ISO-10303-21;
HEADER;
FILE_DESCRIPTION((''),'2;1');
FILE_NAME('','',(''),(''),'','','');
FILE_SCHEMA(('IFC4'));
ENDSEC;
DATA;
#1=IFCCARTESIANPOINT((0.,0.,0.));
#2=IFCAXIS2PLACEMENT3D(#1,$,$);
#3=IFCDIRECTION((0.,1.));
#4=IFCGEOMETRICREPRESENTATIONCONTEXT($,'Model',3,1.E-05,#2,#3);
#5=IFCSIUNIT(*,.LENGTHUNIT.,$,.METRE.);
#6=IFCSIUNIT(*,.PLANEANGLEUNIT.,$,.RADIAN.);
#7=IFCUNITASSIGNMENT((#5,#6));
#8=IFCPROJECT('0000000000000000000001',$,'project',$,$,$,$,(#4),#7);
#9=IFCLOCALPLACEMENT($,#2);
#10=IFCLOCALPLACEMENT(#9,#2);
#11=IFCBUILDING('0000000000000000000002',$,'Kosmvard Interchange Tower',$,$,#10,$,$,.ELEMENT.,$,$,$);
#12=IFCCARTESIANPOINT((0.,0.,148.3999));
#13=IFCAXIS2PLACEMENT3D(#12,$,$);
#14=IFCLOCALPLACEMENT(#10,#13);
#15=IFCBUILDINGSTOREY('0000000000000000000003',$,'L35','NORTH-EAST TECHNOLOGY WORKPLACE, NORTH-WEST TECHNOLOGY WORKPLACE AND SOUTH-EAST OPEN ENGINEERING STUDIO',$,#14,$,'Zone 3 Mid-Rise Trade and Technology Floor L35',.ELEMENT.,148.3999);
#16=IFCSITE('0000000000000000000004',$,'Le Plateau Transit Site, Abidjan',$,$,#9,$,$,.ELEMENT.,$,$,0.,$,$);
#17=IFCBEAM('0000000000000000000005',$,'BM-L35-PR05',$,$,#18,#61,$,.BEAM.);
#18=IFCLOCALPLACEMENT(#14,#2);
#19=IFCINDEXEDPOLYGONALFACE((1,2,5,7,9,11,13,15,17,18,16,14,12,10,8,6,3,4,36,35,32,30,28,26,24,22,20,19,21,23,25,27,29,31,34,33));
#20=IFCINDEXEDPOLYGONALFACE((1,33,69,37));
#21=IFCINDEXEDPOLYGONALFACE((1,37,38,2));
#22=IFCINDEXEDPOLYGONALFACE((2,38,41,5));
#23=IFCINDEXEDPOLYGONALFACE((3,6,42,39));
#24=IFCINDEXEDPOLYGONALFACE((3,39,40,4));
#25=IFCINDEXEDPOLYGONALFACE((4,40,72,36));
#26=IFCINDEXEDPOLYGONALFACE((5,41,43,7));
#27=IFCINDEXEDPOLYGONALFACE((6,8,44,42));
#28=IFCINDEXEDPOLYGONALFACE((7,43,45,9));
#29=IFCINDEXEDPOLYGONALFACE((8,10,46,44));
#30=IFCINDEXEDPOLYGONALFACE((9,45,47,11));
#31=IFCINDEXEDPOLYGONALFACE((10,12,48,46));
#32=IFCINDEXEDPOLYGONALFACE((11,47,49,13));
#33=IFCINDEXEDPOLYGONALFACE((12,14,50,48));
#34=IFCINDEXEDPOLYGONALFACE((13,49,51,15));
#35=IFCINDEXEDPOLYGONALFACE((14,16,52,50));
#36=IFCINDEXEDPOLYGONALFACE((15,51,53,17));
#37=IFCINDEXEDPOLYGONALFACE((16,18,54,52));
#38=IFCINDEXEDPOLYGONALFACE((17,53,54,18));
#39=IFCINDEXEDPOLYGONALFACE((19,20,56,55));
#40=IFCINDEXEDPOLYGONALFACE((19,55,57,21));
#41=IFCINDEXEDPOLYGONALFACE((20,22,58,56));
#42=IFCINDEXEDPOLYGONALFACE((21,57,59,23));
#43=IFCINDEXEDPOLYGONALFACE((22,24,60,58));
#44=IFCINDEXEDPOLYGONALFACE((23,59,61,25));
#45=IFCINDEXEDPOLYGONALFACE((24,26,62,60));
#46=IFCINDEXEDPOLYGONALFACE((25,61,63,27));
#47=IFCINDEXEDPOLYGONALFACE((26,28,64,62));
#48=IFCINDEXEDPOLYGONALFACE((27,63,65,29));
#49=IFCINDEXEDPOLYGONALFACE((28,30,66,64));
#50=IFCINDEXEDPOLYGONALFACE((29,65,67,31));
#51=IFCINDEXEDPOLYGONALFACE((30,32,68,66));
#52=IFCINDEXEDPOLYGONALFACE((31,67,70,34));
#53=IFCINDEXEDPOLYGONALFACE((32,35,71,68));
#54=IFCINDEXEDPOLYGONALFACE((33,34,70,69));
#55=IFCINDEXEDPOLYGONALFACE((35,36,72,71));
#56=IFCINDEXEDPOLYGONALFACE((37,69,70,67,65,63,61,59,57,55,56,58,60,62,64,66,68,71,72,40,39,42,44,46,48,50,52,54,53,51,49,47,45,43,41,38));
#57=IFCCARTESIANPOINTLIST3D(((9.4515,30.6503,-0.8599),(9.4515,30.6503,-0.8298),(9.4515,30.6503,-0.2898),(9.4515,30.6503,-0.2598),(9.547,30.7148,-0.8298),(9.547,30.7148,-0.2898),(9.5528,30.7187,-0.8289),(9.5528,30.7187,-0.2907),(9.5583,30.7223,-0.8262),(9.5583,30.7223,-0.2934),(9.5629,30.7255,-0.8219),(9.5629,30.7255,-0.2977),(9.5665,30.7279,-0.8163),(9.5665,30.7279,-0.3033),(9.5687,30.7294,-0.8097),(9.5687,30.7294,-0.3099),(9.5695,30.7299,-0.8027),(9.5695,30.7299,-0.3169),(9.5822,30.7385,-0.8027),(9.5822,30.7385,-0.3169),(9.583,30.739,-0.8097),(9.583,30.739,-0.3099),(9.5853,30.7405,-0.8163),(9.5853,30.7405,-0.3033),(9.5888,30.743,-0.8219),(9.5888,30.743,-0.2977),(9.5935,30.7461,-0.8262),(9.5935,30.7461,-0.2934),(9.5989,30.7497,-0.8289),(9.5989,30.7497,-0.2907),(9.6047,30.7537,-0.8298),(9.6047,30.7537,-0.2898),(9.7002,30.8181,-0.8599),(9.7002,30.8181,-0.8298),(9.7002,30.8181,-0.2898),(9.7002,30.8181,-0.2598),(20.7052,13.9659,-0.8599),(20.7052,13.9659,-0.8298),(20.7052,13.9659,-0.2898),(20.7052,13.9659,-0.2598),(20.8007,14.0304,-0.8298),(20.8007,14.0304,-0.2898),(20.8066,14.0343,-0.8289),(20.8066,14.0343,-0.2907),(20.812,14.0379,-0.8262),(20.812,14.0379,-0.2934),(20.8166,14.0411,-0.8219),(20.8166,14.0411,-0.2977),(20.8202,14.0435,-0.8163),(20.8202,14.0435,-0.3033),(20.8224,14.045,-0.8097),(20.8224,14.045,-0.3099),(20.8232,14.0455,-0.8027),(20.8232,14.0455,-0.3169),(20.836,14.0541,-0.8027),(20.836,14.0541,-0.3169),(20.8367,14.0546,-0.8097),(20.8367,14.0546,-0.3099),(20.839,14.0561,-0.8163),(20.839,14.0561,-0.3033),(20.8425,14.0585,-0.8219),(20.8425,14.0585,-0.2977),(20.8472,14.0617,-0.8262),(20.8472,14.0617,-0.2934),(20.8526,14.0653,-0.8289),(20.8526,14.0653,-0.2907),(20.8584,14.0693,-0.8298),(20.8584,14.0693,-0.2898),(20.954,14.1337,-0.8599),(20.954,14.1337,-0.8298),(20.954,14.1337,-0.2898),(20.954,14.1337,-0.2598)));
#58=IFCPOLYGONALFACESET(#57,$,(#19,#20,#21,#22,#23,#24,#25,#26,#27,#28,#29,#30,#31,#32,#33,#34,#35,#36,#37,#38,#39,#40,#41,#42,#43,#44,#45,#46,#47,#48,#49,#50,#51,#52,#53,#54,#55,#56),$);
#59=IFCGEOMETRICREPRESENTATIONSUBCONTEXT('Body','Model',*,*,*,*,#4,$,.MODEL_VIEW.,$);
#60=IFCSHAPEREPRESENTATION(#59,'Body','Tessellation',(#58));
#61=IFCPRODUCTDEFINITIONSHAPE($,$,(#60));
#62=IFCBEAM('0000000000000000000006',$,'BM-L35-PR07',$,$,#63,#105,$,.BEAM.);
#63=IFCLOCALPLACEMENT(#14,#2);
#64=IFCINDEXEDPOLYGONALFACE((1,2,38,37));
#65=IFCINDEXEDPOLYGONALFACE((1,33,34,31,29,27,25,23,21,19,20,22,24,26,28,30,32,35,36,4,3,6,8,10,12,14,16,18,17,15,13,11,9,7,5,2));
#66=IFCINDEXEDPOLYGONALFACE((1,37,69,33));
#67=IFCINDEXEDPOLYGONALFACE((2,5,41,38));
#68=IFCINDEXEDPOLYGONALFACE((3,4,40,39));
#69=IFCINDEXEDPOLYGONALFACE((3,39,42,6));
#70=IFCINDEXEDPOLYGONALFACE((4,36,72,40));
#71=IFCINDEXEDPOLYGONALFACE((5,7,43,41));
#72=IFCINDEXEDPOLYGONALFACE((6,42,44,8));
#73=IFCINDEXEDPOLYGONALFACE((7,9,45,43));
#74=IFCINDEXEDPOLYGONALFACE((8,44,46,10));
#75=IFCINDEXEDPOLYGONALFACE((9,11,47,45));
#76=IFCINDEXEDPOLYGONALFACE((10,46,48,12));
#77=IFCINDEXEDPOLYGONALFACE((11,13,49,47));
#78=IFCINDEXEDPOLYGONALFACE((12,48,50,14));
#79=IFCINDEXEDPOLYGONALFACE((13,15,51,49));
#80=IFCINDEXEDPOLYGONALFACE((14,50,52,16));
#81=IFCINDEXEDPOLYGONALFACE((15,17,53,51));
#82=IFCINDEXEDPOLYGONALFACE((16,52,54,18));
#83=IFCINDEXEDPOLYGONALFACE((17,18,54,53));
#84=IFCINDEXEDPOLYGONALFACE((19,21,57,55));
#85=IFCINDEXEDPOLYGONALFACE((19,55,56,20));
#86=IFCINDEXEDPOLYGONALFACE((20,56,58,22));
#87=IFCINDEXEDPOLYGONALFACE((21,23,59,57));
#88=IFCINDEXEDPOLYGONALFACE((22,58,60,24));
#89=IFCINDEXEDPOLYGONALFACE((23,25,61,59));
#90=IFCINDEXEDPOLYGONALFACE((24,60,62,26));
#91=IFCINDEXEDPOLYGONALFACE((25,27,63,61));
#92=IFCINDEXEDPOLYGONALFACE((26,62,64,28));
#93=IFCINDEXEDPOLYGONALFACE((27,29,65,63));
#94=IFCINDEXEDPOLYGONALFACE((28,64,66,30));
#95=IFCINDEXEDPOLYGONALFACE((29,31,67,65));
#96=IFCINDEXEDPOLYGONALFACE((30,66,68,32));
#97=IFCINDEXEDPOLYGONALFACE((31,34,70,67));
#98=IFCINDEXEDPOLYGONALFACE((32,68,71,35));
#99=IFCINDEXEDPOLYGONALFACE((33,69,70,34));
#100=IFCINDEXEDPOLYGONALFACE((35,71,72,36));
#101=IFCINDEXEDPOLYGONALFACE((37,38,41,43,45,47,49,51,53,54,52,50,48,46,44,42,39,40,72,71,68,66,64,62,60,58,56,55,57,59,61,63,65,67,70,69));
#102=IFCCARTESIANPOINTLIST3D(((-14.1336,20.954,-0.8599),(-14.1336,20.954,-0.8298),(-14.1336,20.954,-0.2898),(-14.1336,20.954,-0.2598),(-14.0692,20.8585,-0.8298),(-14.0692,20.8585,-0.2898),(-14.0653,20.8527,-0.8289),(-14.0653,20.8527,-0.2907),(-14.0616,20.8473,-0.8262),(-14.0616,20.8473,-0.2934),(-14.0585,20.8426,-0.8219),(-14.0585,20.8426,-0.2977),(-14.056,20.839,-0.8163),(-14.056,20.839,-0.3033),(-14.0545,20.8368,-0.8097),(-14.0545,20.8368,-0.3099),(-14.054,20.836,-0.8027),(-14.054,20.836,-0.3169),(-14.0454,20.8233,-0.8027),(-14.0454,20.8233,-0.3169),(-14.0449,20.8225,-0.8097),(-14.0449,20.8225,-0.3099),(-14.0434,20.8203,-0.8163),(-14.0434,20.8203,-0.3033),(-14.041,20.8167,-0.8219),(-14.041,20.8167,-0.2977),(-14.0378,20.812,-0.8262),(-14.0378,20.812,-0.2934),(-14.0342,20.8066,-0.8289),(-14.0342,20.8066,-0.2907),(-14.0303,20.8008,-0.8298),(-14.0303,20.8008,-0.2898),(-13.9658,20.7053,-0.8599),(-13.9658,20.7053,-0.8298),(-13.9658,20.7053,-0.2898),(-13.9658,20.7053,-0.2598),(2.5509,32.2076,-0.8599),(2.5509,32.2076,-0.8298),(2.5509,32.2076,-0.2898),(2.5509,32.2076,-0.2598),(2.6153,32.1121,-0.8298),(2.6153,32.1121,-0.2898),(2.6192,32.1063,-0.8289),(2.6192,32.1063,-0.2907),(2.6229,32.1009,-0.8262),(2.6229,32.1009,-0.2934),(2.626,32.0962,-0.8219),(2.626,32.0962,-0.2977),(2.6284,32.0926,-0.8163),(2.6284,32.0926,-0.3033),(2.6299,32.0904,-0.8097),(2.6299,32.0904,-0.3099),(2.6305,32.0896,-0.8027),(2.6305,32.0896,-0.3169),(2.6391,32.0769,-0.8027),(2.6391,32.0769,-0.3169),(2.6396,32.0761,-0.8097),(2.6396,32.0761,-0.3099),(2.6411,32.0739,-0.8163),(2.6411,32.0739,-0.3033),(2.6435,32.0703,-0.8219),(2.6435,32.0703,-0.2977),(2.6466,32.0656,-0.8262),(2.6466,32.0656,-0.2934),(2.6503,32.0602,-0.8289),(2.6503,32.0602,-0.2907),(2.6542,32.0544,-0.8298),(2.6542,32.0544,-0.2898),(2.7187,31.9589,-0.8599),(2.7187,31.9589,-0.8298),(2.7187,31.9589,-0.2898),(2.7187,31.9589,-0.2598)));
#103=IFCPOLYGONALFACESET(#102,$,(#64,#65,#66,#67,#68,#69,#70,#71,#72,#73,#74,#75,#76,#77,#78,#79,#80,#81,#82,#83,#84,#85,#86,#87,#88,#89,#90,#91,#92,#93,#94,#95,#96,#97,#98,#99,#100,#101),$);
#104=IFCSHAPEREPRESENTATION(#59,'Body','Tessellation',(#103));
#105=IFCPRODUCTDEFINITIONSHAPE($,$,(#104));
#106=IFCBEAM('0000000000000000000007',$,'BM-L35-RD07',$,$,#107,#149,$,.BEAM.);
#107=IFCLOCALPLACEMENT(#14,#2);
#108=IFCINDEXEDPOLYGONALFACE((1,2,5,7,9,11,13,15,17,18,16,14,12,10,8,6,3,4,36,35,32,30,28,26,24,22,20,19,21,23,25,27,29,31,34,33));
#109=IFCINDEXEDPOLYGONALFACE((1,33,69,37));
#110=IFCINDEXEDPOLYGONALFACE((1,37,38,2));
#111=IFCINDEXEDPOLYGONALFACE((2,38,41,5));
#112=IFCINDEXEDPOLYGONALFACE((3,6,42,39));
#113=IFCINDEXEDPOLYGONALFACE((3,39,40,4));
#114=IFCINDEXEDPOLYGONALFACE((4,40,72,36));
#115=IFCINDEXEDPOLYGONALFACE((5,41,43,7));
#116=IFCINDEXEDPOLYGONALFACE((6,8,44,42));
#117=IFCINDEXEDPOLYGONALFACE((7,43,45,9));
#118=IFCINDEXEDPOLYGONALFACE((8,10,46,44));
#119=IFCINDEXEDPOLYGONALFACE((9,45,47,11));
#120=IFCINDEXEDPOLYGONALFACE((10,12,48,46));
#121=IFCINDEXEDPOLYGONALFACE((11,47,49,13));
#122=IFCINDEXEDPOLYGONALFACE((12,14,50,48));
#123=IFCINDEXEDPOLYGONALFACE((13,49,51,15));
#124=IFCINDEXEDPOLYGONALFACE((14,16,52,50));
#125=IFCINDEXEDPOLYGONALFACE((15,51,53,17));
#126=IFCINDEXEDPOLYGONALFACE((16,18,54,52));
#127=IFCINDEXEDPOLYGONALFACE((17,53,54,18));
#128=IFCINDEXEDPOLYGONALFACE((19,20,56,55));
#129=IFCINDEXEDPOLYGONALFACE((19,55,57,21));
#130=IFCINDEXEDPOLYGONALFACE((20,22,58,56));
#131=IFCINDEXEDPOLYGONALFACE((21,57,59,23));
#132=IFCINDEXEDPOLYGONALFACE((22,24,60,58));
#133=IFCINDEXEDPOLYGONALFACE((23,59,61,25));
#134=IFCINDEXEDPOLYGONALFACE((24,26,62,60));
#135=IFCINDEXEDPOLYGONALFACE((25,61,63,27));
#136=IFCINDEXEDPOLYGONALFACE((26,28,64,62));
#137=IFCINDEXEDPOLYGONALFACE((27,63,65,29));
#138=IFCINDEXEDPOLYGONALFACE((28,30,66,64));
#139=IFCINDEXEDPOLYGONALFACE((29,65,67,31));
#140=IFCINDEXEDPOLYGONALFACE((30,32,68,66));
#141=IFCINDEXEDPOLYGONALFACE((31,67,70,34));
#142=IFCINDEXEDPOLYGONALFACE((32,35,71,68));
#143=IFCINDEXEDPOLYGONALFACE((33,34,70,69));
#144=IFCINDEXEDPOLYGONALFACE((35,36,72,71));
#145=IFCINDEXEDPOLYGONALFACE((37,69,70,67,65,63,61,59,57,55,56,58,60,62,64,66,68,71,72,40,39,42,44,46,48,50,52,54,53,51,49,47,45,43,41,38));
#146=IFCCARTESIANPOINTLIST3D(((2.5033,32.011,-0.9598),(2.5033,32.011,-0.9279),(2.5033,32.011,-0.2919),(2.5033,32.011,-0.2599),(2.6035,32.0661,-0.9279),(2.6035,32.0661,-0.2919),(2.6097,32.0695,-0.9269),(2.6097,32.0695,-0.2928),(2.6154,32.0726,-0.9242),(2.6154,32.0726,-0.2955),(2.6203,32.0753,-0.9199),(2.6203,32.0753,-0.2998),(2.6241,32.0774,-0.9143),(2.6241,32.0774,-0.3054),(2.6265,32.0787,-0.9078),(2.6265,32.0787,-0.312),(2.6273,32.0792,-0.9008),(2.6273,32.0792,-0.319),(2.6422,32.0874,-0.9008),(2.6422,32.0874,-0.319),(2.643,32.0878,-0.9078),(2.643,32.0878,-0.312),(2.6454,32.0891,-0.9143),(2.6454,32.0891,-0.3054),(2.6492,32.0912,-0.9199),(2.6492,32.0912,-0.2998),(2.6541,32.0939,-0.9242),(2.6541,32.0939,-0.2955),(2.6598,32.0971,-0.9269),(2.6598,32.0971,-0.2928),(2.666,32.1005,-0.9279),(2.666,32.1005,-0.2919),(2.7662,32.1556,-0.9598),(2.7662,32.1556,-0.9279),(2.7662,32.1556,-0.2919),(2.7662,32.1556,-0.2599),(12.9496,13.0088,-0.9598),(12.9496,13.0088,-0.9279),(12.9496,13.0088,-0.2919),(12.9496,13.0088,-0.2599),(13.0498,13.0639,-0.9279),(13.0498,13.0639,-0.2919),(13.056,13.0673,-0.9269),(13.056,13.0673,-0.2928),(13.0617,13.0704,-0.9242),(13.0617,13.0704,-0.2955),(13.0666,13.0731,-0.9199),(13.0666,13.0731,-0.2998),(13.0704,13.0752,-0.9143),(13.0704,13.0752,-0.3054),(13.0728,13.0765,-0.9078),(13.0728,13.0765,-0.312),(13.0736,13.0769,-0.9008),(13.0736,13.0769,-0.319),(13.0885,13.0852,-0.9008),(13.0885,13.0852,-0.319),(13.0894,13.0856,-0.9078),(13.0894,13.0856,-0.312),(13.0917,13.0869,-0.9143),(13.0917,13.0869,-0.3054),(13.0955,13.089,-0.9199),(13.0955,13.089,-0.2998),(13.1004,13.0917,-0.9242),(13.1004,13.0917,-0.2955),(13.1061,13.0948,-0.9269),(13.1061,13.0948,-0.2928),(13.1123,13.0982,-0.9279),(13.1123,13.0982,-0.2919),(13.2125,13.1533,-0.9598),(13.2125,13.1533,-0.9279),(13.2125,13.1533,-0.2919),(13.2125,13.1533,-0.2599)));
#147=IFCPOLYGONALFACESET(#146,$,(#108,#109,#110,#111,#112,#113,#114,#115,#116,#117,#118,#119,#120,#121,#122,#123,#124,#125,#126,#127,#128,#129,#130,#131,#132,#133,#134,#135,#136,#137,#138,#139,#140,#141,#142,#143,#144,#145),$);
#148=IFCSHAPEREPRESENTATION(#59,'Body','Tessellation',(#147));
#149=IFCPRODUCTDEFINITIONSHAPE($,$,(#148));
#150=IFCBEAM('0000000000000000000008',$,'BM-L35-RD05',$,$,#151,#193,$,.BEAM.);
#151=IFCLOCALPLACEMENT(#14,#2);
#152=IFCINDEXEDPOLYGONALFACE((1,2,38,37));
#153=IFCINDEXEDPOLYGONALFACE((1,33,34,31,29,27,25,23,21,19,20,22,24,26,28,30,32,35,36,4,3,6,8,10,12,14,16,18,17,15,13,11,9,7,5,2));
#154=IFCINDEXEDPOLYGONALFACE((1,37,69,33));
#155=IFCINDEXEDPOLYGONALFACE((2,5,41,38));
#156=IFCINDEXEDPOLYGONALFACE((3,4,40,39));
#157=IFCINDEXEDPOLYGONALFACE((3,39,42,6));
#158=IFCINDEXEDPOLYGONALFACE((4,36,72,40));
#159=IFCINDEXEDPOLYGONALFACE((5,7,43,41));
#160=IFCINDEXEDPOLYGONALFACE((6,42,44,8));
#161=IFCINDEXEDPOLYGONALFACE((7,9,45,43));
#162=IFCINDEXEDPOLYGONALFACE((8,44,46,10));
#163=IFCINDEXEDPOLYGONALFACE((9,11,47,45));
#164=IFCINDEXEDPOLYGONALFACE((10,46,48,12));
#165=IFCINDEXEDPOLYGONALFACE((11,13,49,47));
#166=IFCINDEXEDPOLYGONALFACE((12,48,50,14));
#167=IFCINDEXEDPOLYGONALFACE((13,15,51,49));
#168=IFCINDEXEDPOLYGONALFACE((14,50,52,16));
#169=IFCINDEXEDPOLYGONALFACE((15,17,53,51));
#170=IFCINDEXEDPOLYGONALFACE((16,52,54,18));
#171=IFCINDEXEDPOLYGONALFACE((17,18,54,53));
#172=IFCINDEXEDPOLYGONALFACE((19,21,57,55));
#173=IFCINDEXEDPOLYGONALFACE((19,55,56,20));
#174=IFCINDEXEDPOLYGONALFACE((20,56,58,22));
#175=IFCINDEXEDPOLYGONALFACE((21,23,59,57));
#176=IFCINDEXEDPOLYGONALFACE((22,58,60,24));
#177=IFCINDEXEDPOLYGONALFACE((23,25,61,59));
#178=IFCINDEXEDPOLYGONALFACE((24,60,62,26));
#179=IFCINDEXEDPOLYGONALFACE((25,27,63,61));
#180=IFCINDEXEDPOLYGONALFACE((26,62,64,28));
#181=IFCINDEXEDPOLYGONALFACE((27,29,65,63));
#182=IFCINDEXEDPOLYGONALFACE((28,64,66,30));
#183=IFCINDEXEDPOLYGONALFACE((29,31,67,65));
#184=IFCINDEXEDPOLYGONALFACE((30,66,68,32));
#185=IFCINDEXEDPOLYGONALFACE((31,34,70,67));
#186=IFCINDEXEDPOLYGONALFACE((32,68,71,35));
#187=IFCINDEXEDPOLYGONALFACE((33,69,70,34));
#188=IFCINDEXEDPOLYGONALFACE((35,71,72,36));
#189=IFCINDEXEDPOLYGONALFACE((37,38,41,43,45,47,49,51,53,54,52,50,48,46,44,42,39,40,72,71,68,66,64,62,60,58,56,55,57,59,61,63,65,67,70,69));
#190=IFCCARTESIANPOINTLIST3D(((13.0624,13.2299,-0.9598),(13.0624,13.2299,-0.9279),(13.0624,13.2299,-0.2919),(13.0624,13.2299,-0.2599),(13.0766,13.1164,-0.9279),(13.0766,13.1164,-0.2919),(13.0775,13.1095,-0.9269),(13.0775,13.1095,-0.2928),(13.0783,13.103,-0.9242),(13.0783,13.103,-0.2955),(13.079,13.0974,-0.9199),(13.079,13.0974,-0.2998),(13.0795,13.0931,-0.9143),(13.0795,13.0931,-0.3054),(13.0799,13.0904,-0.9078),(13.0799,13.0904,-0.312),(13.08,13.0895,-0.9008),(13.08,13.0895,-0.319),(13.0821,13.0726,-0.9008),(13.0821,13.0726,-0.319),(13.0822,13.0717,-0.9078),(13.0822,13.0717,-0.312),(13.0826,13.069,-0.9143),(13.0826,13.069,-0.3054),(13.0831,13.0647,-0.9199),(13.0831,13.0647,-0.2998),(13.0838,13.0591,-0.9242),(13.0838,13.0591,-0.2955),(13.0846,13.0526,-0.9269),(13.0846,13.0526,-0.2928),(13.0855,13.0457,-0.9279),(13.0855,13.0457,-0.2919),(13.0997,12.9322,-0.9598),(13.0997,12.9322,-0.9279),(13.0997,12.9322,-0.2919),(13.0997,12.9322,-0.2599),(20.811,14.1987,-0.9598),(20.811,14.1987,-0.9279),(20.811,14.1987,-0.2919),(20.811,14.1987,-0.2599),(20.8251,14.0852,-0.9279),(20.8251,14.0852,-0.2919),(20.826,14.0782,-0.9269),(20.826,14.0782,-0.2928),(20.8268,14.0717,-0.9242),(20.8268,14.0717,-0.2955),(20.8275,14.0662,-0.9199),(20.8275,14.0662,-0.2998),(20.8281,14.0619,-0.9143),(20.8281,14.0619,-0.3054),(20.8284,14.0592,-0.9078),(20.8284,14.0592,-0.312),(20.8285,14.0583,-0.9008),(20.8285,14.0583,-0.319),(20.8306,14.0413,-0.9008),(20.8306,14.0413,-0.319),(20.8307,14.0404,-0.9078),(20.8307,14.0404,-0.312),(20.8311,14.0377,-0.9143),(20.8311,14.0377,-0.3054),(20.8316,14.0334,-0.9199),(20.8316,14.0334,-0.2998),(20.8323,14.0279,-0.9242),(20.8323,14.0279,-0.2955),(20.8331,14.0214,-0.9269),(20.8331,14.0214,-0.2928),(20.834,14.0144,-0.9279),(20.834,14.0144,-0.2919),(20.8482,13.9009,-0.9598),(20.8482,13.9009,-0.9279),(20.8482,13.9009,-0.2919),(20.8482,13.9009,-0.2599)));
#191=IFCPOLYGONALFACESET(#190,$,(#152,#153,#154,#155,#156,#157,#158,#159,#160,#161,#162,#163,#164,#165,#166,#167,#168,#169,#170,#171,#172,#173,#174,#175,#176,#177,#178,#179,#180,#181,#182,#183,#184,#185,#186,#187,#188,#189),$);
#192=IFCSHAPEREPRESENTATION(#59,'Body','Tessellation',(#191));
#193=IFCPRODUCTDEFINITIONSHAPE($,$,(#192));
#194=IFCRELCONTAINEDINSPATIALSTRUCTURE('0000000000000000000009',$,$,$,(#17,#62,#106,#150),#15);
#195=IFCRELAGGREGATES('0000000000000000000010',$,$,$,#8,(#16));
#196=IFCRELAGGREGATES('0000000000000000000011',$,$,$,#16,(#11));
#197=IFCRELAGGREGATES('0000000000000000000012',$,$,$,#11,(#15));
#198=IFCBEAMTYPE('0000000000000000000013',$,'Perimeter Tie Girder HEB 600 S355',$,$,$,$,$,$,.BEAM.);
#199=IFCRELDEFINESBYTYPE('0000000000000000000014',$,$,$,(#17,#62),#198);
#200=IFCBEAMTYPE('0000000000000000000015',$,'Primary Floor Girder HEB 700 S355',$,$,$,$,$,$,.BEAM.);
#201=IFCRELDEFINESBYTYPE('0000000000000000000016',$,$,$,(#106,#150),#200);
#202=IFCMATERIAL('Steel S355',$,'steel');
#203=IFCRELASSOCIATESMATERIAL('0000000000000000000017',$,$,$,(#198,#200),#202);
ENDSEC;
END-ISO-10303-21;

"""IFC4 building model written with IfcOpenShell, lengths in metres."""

from ifc_helpers import new_model, si_unit, direction, frame, origin, origin_2d, place, context, subcontext, project, spatial, i_section, extrude, source, transform, mapped, material, material_profile, profile_set, type_object, element, save


model = new_model("IFC4")

# Units and contexts
model_context = context("Model", 3, precision=1e-05, world=origin(), true_north=direction((0.0, 1.0)))
body_context = subcontext(model_context, "Body", "Model", "MODEL_VIEW")
ifc_project = project(units=[si_unit("LENGTHUNIT", "METRE"), si_unit("PLANEANGLEUNIT", "RADIAN")], contexts=[model_context])

# Site, building, storey
site_placement = place(None, origin())
site = spatial("IfcSite", under=ifc_project, at=site_placement, Name="Le Plateau Transit Site, Abidjan", CompositionType="ELEMENT", RefElevation=0.0)
building_placement = place(site_placement, origin())
building = spatial("IfcBuilding", under=site, at=building_placement, Name="Kosmvard Interchange Tower", CompositionType="ELEMENT")
storey_placement = place(building_placement, frame((0.0, 0.0, 148.3999)))
storey = spatial("IfcBuildingStorey", under=building, at=storey_placement, Name="L35", Description="NORTH-EAST TECHNOLOGY WORKPLACE, NORTH-WEST TECHNOLOGY WORKPLACE AND SOUTH-EAST OPEN ENGINEERING STUDIO", LongName="Zone 3 Mid-Rise Trade and Technology Floor L35", CompositionType="ELEMENT", Elevation=148.3999)

# Beams
ifc_material_1 = material(Name="Steel S355", Category="steel")
ifc_material_profile_1 = material_profile(ifc_material_1, i_section(OverallWidth=0.3, OverallDepth=0.6001, WebThickness=0.0154, FlangeThickness=0.03, FilletRadius=0.0271, at=origin_2d()), Name="HEB 600")
ifc_profile_set_1 = profile_set([ifc_material_profile_1], Name="Steel S355")
beam_type_1 = type_object("IfcBeamType", Name="Perimeter Tie Girder HEB 600 S355", PredefinedType="BEAM", material=ifc_profile_set_1)
shared_shape_1 = source(origin(), body_context, "Body", "SweptSolid", [
    extrude(i_section(OverallWidth=0.3, OverallDepth=0.6001, WebThickness=0.0154, FlangeThickness=0.03, FilletRadius=0.0271, at=origin_2d()), origin(), (0.0, 0.0, 1.0), 20.125),
])
for number, where, z_axis, x_axis, name in (
    (1, (20.8296, 14.0498, -0.5598), (-0.559191, 0.829039, 0.0), (-0.829039, -0.559191, 0.0), "BM-L35-PR05"),
    (2, (2.6348, 32.0833, -0.5598), (-0.829043, -0.559185, 0.0), (0.559185, -0.829043, 0.0), "BM-L35-PR07"),
):
    element("IfcBeam", number, at=place(storey_placement, frame(where, z_axis=z_axis, x_axis=x_axis)), inside=storey, type_object=beam_type_1, Name=name, PredefinedType="BEAM", context=body_context, shape_type="MappedRepresentation", body=[
        mapped(shared_shape_1, transform((0.0, 0.0, 0.0), scale=1.0)),
    ])
ifc_material_profile_2 = material_profile(ifc_material_1, i_section(OverallWidth=0.3, OverallDepth=0.7, WebThickness=0.0171, FlangeThickness=0.032, FilletRadius=0.0271, at=origin_2d()), Name="HEB 700")
ifc_profile_set_2 = profile_set([ifc_material_profile_2], Name="Steel S355")
beam_type_2 = type_object("IfcBeamType", Name="Primary Floor Girder HEB 700 S355", PredefinedType="BEAM", material=ifc_profile_set_2)
shared_shape_2 = source(origin(), body_context, "Body", "SweptSolid", [
    extrude(i_section(OverallWidth=0.3, OverallDepth=0.7, WebThickness=0.0171, FlangeThickness=0.032, FilletRadius=0.0271, at=origin_2d()), origin(), (0.0, 0.0, 1.0), 21.6843),
])
beam_1_placement = place(storey_placement, frame((13.0811, 13.0811, -0.6099), z_axis=(-0.481745, 0.876312, 0.0), x_axis=(-0.876312, -0.481745, 0.0)))
element("IfcBeam", 3, at=beam_1_placement, inside=storey, type_object=beam_type_2, Name="BM-L35-RD07", PredefinedType="BEAM", context=body_context, shape_type="MappedRepresentation", body=[
    mapped(shared_shape_2, transform((0.0, 0.0, 0.0), scale=1.0)),
])
shared_shape_3 = source(origin(), body_context, "Body", "SweptSolid", [
    extrude(i_section(OverallWidth=0.3, OverallDepth=0.7, WebThickness=0.0171, FlangeThickness=0.032, FilletRadius=0.0271, at=origin_2d()), origin(), (0.0, 0.0, 1.0), 7.8088),
])
beam_2_placement = place(storey_placement, frame((13.0811, 13.0811, -0.6099), z_axis=(0.992275, 0.124058, 0.0), x_axis=(-0.124058, 0.992275, 0.0)))
element("IfcBeam", 4, at=beam_2_placement, inside=storey, type_object=beam_type_2, Name="BM-L35-RD05", PredefinedType="BEAM", context=body_context, shape_type="MappedRepresentation", body=[
    mapped(shared_shape_3, transform((0.0, 0.0, 0.0), scale=1.0)),
])

save(model, "model.ifc")
